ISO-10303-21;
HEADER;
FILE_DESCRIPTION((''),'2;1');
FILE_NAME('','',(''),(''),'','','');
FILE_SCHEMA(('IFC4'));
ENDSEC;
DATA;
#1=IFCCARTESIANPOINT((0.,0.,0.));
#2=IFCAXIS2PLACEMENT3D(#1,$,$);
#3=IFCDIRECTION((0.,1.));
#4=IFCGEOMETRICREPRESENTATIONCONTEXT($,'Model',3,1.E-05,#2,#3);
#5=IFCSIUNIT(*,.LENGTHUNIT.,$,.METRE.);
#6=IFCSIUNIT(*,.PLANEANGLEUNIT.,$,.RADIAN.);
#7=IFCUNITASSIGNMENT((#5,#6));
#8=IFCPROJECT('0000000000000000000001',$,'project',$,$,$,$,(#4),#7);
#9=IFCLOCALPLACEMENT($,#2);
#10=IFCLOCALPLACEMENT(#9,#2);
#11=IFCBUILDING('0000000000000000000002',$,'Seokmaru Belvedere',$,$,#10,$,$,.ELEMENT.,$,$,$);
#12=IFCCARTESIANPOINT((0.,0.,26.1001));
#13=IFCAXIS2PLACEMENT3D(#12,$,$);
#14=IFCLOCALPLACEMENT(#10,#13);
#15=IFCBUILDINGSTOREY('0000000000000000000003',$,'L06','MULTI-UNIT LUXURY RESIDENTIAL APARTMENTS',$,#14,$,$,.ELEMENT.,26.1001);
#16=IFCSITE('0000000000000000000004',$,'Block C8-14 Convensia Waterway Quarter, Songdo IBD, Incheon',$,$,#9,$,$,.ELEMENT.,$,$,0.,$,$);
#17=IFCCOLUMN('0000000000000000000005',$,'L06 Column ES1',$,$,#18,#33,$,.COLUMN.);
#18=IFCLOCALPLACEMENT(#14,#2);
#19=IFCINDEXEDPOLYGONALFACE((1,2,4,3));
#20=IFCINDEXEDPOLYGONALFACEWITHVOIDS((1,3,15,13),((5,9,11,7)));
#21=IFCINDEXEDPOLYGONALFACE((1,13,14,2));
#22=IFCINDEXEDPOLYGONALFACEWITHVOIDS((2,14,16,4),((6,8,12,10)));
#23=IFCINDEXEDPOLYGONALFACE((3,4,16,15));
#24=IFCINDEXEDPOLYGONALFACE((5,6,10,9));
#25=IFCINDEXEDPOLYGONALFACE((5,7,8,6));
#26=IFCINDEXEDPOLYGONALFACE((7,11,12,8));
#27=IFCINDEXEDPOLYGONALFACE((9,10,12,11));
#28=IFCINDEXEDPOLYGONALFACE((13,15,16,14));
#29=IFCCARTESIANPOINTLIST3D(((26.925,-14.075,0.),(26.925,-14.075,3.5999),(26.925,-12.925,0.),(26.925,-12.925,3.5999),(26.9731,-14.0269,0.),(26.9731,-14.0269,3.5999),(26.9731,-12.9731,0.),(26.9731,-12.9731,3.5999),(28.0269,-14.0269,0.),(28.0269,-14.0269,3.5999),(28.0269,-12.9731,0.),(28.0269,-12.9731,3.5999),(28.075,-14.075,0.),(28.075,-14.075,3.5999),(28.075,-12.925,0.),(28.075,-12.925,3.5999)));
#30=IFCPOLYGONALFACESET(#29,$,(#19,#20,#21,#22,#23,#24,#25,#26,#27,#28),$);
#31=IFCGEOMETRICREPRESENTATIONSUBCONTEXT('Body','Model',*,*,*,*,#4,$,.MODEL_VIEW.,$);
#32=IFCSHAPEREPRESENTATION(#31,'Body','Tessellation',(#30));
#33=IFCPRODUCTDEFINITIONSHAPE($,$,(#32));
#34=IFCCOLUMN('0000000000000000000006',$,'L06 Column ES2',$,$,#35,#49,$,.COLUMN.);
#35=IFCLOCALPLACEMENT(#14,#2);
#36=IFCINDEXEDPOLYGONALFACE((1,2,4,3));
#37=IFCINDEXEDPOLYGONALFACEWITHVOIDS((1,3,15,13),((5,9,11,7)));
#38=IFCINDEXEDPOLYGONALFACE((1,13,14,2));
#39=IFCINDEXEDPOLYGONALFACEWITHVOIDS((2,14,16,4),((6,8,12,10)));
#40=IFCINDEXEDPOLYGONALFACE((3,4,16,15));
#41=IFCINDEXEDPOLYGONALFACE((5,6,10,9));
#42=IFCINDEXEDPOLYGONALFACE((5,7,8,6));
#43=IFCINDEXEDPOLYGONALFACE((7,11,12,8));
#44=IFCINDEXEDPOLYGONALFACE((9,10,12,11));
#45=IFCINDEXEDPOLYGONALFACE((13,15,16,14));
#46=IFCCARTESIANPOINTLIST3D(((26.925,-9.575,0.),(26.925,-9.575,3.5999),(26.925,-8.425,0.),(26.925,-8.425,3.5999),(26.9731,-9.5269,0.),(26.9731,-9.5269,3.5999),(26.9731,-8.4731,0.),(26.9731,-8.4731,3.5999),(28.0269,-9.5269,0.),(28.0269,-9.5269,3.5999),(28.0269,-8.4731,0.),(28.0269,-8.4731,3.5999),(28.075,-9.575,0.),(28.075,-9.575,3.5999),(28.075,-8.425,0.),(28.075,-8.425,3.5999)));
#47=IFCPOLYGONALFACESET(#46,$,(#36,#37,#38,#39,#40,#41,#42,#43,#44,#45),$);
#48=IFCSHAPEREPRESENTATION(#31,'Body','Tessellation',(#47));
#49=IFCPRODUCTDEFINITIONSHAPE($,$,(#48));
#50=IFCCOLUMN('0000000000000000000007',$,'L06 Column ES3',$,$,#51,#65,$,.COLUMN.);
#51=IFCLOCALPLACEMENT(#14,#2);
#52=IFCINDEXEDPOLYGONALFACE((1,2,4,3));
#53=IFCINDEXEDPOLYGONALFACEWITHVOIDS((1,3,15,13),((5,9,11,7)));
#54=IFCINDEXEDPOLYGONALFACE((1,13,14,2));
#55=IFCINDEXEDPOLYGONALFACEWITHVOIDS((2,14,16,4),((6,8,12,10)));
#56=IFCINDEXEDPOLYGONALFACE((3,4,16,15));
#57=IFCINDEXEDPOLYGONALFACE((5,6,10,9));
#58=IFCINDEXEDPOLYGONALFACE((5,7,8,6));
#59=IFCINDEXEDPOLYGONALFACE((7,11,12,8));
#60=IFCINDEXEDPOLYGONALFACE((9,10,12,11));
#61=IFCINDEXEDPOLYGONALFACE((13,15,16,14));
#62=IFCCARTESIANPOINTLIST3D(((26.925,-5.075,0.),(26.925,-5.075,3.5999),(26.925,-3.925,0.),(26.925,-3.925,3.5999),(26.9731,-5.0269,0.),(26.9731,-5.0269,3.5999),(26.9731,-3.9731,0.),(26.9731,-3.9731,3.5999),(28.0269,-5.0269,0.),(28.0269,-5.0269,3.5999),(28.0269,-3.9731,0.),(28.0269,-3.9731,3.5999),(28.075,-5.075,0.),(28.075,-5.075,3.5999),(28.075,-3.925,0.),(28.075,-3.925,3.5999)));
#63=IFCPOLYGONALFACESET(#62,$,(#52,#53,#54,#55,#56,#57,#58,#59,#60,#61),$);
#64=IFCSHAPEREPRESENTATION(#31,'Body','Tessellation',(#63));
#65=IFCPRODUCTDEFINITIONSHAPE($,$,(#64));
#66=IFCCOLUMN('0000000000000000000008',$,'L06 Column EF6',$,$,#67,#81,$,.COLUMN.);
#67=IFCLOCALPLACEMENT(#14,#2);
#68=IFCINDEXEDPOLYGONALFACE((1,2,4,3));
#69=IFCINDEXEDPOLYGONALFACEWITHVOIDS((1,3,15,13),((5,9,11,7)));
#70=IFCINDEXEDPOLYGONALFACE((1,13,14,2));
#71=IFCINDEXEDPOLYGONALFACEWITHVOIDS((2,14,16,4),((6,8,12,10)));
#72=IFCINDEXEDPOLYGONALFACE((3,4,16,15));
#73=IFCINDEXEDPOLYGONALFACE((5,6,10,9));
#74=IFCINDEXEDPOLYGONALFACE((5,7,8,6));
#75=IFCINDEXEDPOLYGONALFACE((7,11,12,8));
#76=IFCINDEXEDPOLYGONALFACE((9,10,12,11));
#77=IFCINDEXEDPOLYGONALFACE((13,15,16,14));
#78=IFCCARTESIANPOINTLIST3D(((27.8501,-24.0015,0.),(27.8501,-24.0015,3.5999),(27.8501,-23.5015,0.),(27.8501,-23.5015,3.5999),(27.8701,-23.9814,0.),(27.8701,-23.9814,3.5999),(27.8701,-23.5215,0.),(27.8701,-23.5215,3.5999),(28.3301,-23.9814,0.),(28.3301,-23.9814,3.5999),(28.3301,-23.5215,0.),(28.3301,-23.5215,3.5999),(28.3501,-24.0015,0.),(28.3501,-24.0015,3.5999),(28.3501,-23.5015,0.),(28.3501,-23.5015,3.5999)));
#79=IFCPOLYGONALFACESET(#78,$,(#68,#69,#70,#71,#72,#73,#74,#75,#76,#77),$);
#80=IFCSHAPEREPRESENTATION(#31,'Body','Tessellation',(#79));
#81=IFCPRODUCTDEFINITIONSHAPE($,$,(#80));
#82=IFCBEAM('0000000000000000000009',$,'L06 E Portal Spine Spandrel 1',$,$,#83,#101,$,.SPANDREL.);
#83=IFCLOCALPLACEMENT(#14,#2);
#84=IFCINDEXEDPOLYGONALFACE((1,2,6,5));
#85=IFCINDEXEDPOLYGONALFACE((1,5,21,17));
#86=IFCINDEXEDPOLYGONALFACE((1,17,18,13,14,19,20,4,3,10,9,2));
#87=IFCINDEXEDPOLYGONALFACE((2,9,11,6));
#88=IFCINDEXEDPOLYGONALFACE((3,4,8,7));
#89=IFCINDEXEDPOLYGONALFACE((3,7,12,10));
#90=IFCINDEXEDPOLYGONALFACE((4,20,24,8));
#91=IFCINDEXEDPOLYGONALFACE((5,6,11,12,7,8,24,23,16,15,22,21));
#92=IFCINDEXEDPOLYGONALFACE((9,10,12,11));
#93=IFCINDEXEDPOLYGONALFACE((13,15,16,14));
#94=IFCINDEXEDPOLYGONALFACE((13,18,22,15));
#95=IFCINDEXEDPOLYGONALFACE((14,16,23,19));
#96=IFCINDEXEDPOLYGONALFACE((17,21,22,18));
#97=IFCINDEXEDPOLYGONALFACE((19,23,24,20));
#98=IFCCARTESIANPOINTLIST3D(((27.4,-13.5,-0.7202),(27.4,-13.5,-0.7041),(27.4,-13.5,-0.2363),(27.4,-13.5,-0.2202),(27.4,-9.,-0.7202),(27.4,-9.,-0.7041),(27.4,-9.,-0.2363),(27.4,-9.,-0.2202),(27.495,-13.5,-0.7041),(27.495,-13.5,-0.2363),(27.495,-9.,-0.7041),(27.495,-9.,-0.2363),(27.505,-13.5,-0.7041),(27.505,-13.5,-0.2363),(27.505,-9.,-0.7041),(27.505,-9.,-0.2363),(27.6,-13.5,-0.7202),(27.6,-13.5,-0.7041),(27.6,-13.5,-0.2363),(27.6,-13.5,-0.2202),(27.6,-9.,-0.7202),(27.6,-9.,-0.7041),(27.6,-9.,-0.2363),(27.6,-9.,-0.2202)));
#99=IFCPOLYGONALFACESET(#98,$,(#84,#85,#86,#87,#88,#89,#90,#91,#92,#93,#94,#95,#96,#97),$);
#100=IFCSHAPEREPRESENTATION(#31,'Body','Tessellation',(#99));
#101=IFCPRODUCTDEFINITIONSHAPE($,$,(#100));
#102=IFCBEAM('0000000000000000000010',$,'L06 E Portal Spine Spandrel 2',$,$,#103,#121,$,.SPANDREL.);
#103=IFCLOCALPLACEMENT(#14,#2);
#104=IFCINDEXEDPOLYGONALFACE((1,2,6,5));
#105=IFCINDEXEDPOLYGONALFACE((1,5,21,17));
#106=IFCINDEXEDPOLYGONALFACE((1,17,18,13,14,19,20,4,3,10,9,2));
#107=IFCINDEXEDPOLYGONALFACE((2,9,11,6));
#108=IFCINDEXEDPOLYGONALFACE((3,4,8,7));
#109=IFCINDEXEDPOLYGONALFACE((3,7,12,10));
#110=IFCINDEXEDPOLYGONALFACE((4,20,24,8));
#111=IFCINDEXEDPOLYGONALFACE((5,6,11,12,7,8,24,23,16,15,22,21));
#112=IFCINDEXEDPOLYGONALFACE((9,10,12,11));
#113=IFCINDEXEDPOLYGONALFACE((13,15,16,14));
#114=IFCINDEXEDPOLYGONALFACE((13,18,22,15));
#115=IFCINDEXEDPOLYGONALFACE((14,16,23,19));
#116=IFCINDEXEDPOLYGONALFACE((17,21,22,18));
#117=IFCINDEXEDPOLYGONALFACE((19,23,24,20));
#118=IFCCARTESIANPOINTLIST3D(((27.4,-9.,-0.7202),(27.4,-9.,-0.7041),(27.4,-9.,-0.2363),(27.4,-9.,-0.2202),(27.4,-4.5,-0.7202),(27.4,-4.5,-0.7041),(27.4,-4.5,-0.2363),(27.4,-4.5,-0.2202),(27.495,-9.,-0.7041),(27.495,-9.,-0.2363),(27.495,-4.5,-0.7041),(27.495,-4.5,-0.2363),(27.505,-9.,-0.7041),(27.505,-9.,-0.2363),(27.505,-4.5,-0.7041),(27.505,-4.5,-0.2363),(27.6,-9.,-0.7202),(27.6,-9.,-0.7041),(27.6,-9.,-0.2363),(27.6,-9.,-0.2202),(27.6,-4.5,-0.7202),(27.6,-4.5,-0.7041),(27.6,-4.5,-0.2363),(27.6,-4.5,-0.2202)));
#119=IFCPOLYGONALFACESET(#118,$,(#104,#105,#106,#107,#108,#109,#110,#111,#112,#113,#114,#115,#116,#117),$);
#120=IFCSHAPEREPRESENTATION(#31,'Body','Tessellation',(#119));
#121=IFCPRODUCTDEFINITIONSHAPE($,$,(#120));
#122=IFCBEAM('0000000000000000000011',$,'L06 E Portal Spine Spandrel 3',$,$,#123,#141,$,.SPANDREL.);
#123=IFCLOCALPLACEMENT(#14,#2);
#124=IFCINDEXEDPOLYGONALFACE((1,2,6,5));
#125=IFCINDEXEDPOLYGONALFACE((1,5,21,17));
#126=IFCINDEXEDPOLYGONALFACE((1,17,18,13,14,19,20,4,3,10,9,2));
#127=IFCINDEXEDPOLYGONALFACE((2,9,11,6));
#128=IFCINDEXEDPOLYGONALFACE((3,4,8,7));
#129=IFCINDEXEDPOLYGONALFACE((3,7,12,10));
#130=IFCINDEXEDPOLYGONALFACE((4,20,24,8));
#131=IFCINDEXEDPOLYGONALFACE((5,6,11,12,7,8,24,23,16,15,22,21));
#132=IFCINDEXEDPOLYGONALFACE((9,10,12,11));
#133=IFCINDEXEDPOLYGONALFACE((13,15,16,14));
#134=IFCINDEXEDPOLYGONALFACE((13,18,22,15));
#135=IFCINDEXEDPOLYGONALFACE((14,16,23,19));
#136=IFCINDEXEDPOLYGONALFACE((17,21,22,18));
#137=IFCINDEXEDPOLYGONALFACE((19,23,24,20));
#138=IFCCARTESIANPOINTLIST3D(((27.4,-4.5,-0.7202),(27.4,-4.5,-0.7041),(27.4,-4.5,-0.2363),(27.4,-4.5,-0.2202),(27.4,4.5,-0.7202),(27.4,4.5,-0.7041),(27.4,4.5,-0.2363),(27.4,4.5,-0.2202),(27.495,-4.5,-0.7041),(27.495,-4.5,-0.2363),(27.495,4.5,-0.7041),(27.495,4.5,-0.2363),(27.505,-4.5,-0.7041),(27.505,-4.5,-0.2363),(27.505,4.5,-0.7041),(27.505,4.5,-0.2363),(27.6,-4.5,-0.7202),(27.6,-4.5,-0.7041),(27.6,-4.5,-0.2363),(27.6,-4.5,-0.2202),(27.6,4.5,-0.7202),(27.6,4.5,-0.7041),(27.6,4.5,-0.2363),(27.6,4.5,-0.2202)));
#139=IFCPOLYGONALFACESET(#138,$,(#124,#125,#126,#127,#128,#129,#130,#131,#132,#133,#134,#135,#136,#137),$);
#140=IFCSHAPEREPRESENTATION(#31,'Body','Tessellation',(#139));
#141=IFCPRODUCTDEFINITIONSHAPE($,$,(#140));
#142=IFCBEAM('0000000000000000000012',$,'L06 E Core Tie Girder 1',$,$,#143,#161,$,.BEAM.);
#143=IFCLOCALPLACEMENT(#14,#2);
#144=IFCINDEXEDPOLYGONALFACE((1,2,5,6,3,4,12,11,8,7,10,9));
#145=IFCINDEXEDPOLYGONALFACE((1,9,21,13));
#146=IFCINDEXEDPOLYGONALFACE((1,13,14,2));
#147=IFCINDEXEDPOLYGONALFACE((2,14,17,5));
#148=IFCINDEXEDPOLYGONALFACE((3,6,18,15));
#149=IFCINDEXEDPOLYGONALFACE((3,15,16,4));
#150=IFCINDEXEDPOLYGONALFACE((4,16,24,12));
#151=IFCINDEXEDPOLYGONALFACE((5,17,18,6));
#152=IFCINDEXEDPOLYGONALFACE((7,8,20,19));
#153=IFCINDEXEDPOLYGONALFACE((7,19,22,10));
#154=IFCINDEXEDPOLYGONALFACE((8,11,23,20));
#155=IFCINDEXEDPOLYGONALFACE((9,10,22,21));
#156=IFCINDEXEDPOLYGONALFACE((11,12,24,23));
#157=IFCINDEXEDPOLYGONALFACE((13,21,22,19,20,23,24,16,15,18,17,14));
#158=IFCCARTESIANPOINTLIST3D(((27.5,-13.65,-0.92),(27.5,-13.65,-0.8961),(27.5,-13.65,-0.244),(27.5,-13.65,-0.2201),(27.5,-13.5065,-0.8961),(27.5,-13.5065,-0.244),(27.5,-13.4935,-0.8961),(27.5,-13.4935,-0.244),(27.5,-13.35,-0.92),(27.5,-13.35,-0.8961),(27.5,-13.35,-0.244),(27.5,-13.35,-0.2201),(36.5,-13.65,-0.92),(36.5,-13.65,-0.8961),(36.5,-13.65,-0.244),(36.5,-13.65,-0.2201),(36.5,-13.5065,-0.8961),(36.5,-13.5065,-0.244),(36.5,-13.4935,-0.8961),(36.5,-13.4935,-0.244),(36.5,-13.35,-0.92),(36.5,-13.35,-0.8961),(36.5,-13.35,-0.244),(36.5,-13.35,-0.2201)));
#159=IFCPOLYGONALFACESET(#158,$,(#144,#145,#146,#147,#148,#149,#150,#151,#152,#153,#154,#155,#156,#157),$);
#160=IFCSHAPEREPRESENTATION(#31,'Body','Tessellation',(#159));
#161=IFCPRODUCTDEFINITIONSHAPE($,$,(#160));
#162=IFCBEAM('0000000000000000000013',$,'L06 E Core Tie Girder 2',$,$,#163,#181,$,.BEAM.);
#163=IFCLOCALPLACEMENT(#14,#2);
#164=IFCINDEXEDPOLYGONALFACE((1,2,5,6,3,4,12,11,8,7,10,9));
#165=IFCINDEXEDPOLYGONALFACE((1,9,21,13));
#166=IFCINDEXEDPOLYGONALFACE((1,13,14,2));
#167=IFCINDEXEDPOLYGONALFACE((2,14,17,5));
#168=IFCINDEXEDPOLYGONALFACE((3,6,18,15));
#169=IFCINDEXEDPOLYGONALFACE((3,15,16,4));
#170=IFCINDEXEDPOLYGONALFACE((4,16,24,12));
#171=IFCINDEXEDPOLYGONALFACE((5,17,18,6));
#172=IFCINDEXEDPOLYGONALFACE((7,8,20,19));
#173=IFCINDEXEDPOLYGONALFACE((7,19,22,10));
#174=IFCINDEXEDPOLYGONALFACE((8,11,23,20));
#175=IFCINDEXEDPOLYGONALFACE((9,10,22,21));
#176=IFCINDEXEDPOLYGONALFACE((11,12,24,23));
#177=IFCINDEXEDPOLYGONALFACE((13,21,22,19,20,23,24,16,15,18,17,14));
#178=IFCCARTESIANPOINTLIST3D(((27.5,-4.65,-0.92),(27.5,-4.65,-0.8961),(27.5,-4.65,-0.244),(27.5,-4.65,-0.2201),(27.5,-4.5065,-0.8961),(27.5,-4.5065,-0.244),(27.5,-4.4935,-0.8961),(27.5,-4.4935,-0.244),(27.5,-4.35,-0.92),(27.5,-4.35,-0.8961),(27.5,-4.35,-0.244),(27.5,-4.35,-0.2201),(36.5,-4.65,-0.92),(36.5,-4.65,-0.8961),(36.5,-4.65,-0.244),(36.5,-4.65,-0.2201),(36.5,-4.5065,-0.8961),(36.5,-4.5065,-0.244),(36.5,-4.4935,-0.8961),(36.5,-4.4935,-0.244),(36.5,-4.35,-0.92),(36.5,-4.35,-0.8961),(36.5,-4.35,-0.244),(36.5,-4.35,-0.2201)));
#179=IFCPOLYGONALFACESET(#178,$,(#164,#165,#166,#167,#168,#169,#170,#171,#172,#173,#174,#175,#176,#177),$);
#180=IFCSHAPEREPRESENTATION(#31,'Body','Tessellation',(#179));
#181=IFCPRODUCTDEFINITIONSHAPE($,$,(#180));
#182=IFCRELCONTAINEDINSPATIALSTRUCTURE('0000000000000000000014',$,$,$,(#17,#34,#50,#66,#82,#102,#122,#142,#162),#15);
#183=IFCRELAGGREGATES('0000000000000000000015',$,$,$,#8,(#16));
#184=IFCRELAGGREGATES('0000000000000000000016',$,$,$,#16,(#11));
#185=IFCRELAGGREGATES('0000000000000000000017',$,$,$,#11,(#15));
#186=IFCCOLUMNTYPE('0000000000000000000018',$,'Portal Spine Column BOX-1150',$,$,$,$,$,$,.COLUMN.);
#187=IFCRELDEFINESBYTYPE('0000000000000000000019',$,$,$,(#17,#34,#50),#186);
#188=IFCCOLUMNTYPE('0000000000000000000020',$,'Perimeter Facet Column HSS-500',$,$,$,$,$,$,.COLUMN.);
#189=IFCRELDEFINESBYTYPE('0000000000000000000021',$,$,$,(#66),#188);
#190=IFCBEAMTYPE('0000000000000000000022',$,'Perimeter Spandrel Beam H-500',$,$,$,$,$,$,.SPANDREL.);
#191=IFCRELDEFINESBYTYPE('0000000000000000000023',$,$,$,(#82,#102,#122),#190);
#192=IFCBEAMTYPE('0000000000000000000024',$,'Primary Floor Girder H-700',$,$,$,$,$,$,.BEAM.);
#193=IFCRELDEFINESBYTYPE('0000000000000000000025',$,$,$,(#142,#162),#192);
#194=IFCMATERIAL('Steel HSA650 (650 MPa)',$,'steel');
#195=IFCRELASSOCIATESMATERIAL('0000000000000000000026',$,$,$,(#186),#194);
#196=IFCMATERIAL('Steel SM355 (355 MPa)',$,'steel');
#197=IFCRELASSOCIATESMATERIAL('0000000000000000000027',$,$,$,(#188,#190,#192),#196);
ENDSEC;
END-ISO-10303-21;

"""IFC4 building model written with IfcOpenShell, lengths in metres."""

from ifc_helpers import new_model, si_unit, direction, frame, origin, origin_2d, place, context, subcontext, project, spatial, hollow_rectangle, i_section, extrude, source, transform, mapped, material, material_profile, profile_set, type_object, type_shapes, element, save


model = new_model("IFC4")

# Units and contexts
model_context = context("Model", 3, precision=1e-05, world=origin(), true_north=direction((0.0, 1.0)))
body_context = subcontext(model_context, "Body", "Model", "MODEL_VIEW")
ifc_project = project(units=[si_unit("LENGTHUNIT", "METRE"), si_unit("PLANEANGLEUNIT", "RADIAN")], contexts=[model_context])

# Site, building, storey
site_placement = place(None, origin())
site = spatial("IfcSite", under=ifc_project, at=site_placement, Name="Block C8-14 Convensia Waterway Quarter, Songdo IBD, Incheon", CompositionType="ELEMENT", RefElevation=0.0)
building_placement = place(site_placement, origin())
building = spatial("IfcBuilding", under=site, at=building_placement, Name="Seokmaru Belvedere", CompositionType="ELEMENT")
storey_placement = place(building_placement, frame((0.0, 0.0, 26.1001)))
storey = spatial("IfcBuildingStorey", under=building, at=storey_placement, Name="L06", Description="MULTI-UNIT LUXURY RESIDENTIAL APARTMENTS", CompositionType="ELEMENT", Elevation=26.1001)

# Columns
ifc_material_1 = material(Name="Steel HSA650 (650 MPa)", Category="steel")
ifc_material_profile_1 = material_profile(ifc_material_1, hollow_rectangle(XDim=1.1499, YDim=1.1499, WallThickness=0.0481, at=origin_2d()), Name="BOX-1150x1150x48")
ifc_profile_set_1 = profile_set([ifc_material_profile_1], Name="Steel HSA650 (650 MPa)")
column_type_1 = type_object("IfcColumnType", Name="Portal Spine Column BOX-1150", PredefinedType="COLUMN", material=ifc_profile_set_1)
shared_shape_1 = source(origin(), body_context, "Body", "SweptSolid", [
    extrude(hollow_rectangle(XDim=1.1499, YDim=1.1499, WallThickness=0.0481, at=origin_2d()), origin(), (0.0, 0.0, 1.0), 3.5999),
])
type_shapes(column_type_1, [shared_shape_1])
for number, where, z_axis, x_axis, name in (
    (1, (27.5, -13.5, 0.0), (0.0, 0.0, 1.0), (1.0, 0.0, 0.0), "L06 Column ES1"),
    (2, (27.5, -9.0, 0.0), (0.0, 0.0, 1.0), (1.0, 0.0, 0.0), "L06 Column ES2"),
    (3, (27.5, -4.5, 0.0), (0.0, 0.0, 1.0), (1.0, 0.0, 0.0), "L06 Column ES3"),
):
    element("IfcColumn", number, at=place(storey_placement, frame(where, z_axis=z_axis, x_axis=x_axis)), inside=storey, type_object=column_type_1, Name=name, PredefinedType="COLUMN", context=body_context, shape_type="MappedRepresentation", body=[
        mapped(shared_shape_1, transform((0.0, 0.0, 0.0), scale=1.0)),
    ])
ifc_material_2 = material(Name="Steel SM355 (355 MPa)", Category="steel")
ifc_material_profile_2 = material_profile(ifc_material_2, hollow_rectangle(XDim=0.5, YDim=0.5, WallThickness=0.02, at=origin_2d()), Name="HSS-500x500x20")
ifc_profile_set_2 = profile_set([ifc_material_profile_2], Name="Steel SM355 (355 MPa)")
column_type_2 = type_object("IfcColumnType", Name="Perimeter Facet Column HSS-500", PredefinedType="COLUMN", material=ifc_profile_set_2)
shared_shape_2 = source(origin(), body_context, "Body", "SweptSolid", [
    extrude(hollow_rectangle(XDim=0.5, YDim=0.5, WallThickness=0.02, at=origin_2d()), origin(), (0.0, 0.0, 1.0), 3.5999),
])
type_shapes(column_type_2, [shared_shape_2])
column_placement = place(storey_placement, frame((28.1001, -23.7515, 0.0), z_axis=(0.0, 0.0, 1.0), x_axis=(1.0, 0.0, 0.0)))
element("IfcColumn", 4, at=column_placement, inside=storey, type_object=column_type_2, Name="L06 Column EF6", PredefinedType="COLUMN", context=body_context, shape_type="MappedRepresentation", body=[
    mapped(shared_shape_2, transform((0.0, 0.0, 0.0), scale=1.0)),
])

# Beams
ifc_material_profile_3 = material_profile(ifc_material_2, i_section(OverallWidth=0.2, OverallDepth=0.5, WebThickness=0.01, FlangeThickness=0.0161, at=origin_2d()), Name="H-500x200x10x16")
ifc_profile_set_3 = profile_set([ifc_material_profile_3], Name="Steel SM355 (355 MPa)")
beam_type_1 = type_object("IfcBeamType", Name="Perimeter Spandrel Beam H-500", PredefinedType="SPANDREL", material=ifc_profile_set_3)
shared_shape_3 = source(origin(), body_context, "Body", "SweptSolid", [
    extrude(i_section(OverallWidth=0.2, OverallDepth=0.5, WebThickness=0.01, FlangeThickness=0.0161, at=origin_2d()), origin(), (0.0, 0.0, 1.0), 4.5),
])
for number, where, z_axis, x_axis, name in (
    (5, (27.5, -13.5, -0.4702), (0.0, 1.0, 0.0), (-1.0, 0.0, 0.0), "L06 E Portal Spine Spandrel 1"),
    (6, (27.5, -9.0, -0.4702), (0.0, 1.0, 0.0), (-1.0, 0.0, 0.0), "L06 E Portal Spine Spandrel 2"),
):
    element("IfcBeam", number, at=place(storey_placement, frame(where, z_axis=z_axis, x_axis=x_axis)), inside=storey, type_object=beam_type_1, Name=name, PredefinedType="SPANDREL", context=body_context, shape_type="MappedRepresentation", body=[
        mapped(shared_shape_3, transform((0.0, 0.0, 0.0), scale=1.0)),
    ])
shared_shape_4 = source(origin(), body_context, "Body", "SweptSolid", [
    extrude(i_section(OverallWidth=0.2, OverallDepth=0.5, WebThickness=0.01, FlangeThickness=0.0161, at=origin_2d()), origin(), (0.0, 0.0, 1.0), 9.0),
])
beam_1_placement = place(storey_placement, frame((27.5, -4.5, -0.4702), z_axis=(0.0, 1.0, 0.0), x_axis=(-1.0, 0.0, 0.0)))
element("IfcBeam", 7, at=beam_1_placement, inside=storey, type_object=beam_type_1, Name="L06 E Portal Spine Spandrel 3", PredefinedType="SPANDREL", context=body_context, shape_type="MappedRepresentation", body=[
    mapped(shared_shape_4, transform((0.0, 0.0, 0.0), scale=1.0)),
])
ifc_material_profile_4 = material_profile(ifc_material_2, i_section(OverallWidth=0.3, OverallDepth=0.7, WebThickness=0.0129, FlangeThickness=0.0239, at=origin_2d()), Name="H-700x300x13x24")
ifc_profile_set_4 = profile_set([ifc_material_profile_4], Name="Steel SM355 (355 MPa)")
beam_type_2 = type_object("IfcBeamType", Name="Primary Floor Girder H-700", PredefinedType="BEAM", material=ifc_profile_set_4)
shared_shape_5 = source(origin(), body_context, "Body", "SweptSolid", [
    extrude(i_section(OverallWidth=0.3, OverallDepth=0.7, WebThickness=0.0129, FlangeThickness=0.0239, at=origin_2d()), origin(), (0.0, 0.0, 1.0), 9.0),
])
type_shapes(beam_type_2, [shared_shape_5])
for number, where, z_axis, x_axis, name in (
    (8, (27.5, -13.5, -0.5701), (1.0, 0.0, 0.0), (0.0, 1.0, 0.0), "L06 E Core Tie Girder 1"),
    (9, (27.5, -4.5, -0.5701), (1.0, 0.0, 0.0), (0.0, 1.0, 0.0), "L06 E Core Tie Girder 2"),
):
    element("IfcBeam", number, at=place(storey_placement, frame(where, z_axis=z_axis, x_axis=x_axis)), inside=storey, type_object=beam_type_2, Name=name, PredefinedType="BEAM", context=body_context, shape_type="MappedRepresentation", body=[
        mapped(shared_shape_5, transform((0.0, 0.0, 0.0), scale=1.0)),
    ])

save(model, "model.ifc")
